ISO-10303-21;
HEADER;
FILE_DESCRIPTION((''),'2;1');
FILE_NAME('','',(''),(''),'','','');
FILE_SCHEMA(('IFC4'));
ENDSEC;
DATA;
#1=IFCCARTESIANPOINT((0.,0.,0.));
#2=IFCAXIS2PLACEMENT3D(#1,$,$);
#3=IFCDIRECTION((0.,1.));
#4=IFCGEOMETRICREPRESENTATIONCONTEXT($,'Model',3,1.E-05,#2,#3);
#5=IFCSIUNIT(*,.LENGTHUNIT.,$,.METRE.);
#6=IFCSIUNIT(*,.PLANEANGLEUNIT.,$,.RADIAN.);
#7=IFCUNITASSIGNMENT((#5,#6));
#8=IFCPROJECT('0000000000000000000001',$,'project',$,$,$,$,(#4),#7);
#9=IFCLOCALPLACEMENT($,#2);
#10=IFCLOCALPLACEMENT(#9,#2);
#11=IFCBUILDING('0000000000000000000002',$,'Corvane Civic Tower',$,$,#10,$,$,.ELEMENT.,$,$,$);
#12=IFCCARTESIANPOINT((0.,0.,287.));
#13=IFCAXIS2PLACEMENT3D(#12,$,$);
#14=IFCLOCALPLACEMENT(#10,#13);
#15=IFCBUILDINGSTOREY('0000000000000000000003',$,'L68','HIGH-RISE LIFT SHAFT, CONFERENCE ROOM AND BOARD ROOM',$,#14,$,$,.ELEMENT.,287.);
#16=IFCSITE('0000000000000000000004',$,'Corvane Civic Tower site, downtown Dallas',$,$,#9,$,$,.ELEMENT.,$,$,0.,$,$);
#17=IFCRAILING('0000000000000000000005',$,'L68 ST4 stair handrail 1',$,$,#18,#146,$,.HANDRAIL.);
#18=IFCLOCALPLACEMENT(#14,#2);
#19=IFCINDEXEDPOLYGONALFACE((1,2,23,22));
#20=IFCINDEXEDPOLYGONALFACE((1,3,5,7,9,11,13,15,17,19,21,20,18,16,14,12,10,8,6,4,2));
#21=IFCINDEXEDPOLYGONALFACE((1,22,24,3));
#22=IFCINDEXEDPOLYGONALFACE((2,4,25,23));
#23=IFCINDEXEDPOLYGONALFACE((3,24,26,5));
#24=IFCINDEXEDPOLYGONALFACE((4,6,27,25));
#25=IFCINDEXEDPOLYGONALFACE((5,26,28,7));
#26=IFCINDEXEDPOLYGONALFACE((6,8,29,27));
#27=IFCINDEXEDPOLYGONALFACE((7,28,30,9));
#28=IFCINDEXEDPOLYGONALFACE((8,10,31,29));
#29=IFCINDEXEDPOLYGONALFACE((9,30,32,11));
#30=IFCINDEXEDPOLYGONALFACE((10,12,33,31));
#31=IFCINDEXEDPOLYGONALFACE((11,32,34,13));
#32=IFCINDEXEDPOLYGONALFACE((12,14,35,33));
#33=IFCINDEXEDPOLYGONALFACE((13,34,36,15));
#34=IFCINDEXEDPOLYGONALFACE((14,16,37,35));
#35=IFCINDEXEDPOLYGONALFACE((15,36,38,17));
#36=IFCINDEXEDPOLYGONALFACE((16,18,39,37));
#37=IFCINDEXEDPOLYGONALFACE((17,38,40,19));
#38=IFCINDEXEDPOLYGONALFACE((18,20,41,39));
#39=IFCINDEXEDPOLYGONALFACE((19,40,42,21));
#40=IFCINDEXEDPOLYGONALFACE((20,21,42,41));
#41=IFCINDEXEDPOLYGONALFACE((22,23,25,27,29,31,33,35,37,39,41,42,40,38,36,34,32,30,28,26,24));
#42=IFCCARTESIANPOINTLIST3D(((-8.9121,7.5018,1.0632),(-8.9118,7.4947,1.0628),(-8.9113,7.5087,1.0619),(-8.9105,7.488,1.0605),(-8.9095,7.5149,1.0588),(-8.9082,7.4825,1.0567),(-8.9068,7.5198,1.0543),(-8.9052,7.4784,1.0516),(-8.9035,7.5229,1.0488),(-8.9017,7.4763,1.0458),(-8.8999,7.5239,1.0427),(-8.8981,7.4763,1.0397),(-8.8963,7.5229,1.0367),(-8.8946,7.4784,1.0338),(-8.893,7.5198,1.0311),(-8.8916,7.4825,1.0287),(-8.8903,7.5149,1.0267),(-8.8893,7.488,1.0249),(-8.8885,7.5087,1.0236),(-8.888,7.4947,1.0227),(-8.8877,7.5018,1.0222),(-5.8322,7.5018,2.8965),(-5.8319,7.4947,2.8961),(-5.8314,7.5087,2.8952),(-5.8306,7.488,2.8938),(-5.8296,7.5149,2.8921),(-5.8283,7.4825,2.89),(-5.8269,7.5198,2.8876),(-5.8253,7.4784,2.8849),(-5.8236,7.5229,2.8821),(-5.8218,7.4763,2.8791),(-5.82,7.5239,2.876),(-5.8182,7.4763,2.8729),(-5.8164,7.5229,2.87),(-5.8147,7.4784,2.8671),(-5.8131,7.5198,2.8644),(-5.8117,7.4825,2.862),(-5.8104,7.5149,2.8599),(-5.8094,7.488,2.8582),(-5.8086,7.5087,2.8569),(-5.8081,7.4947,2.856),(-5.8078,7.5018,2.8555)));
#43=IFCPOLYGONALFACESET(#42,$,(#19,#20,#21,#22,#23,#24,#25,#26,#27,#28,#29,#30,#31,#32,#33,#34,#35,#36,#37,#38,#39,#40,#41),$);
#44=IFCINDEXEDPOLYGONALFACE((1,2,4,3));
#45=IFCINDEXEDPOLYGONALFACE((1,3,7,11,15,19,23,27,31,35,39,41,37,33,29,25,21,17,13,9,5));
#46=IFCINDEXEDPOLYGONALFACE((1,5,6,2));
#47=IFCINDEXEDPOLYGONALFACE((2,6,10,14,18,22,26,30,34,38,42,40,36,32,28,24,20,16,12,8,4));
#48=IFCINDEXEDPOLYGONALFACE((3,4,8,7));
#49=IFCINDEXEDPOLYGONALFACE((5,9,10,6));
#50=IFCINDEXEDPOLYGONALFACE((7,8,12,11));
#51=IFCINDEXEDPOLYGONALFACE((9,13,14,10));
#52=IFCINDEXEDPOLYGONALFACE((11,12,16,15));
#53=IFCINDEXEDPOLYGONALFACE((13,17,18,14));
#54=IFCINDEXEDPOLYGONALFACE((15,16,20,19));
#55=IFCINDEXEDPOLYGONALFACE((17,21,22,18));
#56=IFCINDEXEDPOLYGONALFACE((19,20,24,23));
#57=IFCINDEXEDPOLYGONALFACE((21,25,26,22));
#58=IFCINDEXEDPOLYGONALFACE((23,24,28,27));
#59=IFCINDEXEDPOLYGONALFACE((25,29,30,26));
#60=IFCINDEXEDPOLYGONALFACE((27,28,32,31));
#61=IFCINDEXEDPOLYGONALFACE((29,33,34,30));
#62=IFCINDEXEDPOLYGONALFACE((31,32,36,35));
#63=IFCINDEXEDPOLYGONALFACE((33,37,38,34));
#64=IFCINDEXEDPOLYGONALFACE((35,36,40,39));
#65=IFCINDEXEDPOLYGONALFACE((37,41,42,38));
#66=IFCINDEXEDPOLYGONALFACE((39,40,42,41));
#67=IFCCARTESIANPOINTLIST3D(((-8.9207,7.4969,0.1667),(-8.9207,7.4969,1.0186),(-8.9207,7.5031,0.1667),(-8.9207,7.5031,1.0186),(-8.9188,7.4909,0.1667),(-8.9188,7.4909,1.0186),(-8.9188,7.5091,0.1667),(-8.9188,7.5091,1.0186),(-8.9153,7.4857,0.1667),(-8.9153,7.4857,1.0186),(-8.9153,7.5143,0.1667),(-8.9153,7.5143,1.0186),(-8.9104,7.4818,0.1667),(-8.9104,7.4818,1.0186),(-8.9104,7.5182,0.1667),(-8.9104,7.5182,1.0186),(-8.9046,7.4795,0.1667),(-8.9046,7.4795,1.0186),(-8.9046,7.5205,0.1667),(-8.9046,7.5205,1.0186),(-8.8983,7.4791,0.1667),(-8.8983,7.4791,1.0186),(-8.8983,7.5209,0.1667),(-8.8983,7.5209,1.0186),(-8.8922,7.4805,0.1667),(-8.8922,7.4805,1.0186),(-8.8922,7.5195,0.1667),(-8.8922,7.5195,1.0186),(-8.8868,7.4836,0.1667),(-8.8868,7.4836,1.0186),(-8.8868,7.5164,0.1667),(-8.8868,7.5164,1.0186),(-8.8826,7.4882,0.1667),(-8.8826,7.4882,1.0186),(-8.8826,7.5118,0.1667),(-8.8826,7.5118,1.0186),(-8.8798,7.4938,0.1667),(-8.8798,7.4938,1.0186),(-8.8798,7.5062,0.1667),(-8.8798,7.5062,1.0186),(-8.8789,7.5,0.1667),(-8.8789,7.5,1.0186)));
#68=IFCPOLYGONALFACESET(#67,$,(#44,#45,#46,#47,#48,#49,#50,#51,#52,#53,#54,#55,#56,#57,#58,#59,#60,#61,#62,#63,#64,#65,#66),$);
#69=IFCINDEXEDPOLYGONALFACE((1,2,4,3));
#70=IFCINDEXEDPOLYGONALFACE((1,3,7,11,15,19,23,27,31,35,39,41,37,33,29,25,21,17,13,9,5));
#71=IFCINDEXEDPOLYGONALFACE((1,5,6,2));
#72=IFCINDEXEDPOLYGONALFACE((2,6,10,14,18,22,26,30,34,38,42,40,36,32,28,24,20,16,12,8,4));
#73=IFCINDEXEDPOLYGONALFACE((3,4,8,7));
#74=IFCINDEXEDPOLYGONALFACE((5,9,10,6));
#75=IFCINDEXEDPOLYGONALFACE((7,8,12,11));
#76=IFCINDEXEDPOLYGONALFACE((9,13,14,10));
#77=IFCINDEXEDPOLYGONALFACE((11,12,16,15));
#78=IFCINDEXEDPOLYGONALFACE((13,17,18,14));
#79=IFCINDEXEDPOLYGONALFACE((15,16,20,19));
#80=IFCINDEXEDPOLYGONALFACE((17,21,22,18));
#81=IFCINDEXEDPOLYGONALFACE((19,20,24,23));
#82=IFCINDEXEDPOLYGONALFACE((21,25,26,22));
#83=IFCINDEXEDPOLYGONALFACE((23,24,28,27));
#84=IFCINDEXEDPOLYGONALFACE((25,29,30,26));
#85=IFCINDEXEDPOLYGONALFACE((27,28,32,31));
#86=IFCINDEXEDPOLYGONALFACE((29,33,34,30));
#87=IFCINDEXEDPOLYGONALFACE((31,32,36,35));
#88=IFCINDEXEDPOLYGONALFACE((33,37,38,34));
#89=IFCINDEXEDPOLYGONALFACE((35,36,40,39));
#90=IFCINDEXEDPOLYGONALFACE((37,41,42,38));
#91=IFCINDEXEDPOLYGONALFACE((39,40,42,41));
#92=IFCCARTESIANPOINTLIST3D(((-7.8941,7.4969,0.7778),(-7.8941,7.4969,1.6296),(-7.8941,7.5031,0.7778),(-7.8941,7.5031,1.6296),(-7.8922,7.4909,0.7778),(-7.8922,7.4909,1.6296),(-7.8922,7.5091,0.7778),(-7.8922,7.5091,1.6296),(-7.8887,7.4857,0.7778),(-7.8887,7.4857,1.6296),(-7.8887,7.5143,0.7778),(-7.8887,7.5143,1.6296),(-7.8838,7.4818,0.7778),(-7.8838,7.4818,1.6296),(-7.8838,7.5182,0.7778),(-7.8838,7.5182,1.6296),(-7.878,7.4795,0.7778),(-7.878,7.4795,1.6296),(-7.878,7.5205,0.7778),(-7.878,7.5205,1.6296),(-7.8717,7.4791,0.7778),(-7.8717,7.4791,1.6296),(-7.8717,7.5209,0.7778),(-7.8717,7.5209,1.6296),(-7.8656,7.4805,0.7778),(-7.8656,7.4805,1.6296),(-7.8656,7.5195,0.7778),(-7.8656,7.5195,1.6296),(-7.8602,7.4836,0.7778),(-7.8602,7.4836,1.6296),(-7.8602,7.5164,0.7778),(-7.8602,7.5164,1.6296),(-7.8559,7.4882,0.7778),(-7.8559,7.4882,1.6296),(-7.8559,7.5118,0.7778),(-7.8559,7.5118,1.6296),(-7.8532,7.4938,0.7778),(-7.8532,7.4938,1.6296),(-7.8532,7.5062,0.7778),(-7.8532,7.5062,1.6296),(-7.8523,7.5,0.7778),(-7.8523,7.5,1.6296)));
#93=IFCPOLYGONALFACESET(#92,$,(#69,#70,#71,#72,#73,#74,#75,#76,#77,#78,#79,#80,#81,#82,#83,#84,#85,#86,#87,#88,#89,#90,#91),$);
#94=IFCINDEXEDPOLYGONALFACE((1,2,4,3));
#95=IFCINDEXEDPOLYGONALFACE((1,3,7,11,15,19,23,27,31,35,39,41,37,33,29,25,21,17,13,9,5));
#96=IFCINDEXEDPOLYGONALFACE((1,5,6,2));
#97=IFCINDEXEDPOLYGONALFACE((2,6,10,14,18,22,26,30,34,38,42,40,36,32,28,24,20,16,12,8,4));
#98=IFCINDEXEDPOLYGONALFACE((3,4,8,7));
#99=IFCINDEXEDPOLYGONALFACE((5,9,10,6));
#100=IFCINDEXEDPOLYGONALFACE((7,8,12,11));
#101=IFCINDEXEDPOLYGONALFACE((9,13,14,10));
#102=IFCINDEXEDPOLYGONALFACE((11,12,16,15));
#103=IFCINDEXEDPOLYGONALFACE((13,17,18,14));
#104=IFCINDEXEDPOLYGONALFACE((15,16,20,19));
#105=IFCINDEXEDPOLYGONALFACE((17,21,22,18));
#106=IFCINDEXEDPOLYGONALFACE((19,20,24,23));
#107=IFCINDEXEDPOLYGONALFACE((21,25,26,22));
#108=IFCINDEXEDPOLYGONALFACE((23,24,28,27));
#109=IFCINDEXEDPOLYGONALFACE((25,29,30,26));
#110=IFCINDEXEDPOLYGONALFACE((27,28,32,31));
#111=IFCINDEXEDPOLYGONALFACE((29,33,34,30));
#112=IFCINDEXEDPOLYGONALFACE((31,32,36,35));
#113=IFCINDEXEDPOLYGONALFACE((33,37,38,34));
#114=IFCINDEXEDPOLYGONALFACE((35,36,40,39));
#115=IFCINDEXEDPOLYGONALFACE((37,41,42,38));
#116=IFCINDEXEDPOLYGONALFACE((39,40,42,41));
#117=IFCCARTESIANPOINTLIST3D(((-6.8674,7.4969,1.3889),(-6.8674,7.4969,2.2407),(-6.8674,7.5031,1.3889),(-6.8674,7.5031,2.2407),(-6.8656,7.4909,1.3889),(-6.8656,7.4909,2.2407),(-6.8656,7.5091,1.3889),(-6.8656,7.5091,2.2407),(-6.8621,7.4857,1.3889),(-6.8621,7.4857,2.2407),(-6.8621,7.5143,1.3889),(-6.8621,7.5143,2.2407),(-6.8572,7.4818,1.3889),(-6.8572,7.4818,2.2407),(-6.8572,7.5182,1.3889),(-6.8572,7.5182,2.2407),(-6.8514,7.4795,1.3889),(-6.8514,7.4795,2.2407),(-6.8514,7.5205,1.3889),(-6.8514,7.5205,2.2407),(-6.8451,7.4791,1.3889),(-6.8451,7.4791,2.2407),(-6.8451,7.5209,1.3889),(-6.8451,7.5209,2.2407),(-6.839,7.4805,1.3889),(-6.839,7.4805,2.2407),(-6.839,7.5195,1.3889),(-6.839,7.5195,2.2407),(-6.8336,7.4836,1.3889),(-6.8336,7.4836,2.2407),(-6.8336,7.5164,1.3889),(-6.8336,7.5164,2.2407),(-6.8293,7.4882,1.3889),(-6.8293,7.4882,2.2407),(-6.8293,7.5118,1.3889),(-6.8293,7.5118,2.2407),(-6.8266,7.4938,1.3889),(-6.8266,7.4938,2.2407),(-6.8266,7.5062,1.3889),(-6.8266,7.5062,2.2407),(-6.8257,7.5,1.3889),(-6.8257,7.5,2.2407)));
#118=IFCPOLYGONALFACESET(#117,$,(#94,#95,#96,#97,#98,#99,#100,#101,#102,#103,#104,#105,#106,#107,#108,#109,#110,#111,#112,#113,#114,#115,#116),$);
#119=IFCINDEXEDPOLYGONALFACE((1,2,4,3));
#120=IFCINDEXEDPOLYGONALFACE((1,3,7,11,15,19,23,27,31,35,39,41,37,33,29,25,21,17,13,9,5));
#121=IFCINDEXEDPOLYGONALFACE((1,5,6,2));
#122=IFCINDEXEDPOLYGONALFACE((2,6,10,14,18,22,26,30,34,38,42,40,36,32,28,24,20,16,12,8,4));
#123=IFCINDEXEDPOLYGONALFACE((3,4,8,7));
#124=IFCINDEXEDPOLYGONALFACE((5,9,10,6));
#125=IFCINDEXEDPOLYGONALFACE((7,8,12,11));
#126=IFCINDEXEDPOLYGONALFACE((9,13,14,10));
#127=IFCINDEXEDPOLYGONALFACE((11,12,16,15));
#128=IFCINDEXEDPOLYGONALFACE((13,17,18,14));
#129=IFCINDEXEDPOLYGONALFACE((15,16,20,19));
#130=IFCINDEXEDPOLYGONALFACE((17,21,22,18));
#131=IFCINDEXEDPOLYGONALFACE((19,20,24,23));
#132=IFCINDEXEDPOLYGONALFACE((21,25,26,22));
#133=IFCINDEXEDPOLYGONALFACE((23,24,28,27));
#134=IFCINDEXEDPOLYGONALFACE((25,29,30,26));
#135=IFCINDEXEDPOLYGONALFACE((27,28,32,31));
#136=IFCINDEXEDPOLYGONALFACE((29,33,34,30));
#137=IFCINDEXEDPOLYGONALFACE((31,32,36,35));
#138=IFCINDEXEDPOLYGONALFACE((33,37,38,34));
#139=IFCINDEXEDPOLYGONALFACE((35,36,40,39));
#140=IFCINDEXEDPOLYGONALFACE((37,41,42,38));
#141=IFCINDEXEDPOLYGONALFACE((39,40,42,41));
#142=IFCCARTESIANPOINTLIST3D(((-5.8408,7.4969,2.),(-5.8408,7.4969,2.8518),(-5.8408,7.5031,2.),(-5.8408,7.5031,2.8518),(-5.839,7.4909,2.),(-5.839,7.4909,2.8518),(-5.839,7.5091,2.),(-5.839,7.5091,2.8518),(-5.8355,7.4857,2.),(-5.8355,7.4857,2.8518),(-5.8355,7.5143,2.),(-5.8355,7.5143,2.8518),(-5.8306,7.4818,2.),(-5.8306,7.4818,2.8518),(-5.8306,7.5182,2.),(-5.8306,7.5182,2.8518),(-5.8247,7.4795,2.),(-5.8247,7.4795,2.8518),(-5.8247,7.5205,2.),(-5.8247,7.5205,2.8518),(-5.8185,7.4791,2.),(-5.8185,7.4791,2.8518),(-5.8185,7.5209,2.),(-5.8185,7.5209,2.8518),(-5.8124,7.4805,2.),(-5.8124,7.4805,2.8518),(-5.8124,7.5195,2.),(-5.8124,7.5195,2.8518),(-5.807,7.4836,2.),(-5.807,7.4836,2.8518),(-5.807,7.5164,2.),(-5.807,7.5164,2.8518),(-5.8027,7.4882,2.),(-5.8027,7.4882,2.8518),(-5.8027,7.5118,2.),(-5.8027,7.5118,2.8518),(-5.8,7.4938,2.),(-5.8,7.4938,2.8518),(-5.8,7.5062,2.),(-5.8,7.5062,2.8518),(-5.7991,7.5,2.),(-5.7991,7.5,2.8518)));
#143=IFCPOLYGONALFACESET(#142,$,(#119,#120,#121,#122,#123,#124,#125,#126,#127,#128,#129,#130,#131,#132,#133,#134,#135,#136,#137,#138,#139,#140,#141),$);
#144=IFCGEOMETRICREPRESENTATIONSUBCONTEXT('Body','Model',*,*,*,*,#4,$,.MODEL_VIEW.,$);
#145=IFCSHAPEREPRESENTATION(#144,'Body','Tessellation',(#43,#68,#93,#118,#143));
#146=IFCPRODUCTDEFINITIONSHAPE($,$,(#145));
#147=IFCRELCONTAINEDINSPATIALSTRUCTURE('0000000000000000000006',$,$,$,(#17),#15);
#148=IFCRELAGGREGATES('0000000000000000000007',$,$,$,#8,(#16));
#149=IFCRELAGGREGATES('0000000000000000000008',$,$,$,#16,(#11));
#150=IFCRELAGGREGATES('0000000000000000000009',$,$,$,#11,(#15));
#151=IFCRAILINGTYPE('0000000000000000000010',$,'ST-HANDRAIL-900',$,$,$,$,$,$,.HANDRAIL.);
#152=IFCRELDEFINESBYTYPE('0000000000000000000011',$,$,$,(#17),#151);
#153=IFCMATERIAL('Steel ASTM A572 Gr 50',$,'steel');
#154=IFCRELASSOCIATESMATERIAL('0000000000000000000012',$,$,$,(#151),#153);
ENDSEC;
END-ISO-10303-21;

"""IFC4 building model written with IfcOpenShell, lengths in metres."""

from ifc_helpers import new_model, si_unit, direction, frame, origin, origin_2d, place, context, subcontext, project, spatial, circle, extrude, material, type_object, element, save


model = new_model("IFC4")

# Units and contexts
model_context = context("Model", 3, precision=1e-05, world=origin(), true_north=direction((0.0, 1.0)))
body_context = subcontext(model_context, "Body", "Model", "MODEL_VIEW")
ifc_project = project(units=[si_unit("LENGTHUNIT", "METRE"), si_unit("PLANEANGLEUNIT", "RADIAN")], contexts=[model_context])

# Site, building, storey
site_placement = place(None, origin())
site = spatial("IfcSite", under=ifc_project, at=site_placement, Name="Corvane Civic Tower site, downtown Dallas", CompositionType="ELEMENT", RefElevation=0.0)
building_placement = place(site_placement, origin())
building = spatial("IfcBuilding", under=site, at=building_placement, Name="Corvane Civic Tower", CompositionType="ELEMENT")
storey_placement = place(building_placement, frame((0.0, 0.0, 287.0)))
storey = spatial("IfcBuildingStorey", under=building, at=storey_placement, Name="L68", Description="HIGH-RISE LIFT SHAFT, CONFERENCE ROOM AND BOARD ROOM", CompositionType="ELEMENT", Elevation=287.0)

# Railing
ifc_material_1 = material(Name="Steel ASTM A572 Gr 50", Category="steel")
railing_type_1 = type_object("IfcRailingType", Name="ST-HANDRAIL-900", PredefinedType="HANDRAIL", material=ifc_material_1)
railing_1_placement = place(storey_placement, frame((-8.8999, 7.5, 0.1667)))
element("IfcRailing", 1, at=railing_1_placement, inside=storey, type_object=railing_type_1, Name="L68 ST4 stair handrail 1", PredefinedType="HANDRAIL", context=body_context, shape_type="SweptSolid", body=[
    extrude(circle(Radius=0.0239, at=origin_2d()), frame((0.0, 0.0, 0.876), z_axis=(0.859291, 0.0, 0.511487), x_axis=(0.0, 1.0, 0.0)), (0.0, 0.0, 1.0), 3.5842),
    extrude(circle(Radius=0.021, at=origin_2d()), origin(), (0.0, 0.0, 1.0), 0.8518),
    extrude(circle(Radius=0.021, at=origin_2d()), frame((1.0266, 0.0, 0.6111)), (0.0, 0.0, 1.0), 0.8518),
    extrude(circle(Radius=0.021, at=origin_2d()), frame((2.0532, 0.0, 1.2222)), (0.0, 0.0, 1.0), 0.8518),
    extrude(circle(Radius=0.021, at=origin_2d()), frame((3.0798, 0.0, 1.8333)), (0.0, 0.0, 1.0), 0.8518),
])

save(model, "model.ifc")
